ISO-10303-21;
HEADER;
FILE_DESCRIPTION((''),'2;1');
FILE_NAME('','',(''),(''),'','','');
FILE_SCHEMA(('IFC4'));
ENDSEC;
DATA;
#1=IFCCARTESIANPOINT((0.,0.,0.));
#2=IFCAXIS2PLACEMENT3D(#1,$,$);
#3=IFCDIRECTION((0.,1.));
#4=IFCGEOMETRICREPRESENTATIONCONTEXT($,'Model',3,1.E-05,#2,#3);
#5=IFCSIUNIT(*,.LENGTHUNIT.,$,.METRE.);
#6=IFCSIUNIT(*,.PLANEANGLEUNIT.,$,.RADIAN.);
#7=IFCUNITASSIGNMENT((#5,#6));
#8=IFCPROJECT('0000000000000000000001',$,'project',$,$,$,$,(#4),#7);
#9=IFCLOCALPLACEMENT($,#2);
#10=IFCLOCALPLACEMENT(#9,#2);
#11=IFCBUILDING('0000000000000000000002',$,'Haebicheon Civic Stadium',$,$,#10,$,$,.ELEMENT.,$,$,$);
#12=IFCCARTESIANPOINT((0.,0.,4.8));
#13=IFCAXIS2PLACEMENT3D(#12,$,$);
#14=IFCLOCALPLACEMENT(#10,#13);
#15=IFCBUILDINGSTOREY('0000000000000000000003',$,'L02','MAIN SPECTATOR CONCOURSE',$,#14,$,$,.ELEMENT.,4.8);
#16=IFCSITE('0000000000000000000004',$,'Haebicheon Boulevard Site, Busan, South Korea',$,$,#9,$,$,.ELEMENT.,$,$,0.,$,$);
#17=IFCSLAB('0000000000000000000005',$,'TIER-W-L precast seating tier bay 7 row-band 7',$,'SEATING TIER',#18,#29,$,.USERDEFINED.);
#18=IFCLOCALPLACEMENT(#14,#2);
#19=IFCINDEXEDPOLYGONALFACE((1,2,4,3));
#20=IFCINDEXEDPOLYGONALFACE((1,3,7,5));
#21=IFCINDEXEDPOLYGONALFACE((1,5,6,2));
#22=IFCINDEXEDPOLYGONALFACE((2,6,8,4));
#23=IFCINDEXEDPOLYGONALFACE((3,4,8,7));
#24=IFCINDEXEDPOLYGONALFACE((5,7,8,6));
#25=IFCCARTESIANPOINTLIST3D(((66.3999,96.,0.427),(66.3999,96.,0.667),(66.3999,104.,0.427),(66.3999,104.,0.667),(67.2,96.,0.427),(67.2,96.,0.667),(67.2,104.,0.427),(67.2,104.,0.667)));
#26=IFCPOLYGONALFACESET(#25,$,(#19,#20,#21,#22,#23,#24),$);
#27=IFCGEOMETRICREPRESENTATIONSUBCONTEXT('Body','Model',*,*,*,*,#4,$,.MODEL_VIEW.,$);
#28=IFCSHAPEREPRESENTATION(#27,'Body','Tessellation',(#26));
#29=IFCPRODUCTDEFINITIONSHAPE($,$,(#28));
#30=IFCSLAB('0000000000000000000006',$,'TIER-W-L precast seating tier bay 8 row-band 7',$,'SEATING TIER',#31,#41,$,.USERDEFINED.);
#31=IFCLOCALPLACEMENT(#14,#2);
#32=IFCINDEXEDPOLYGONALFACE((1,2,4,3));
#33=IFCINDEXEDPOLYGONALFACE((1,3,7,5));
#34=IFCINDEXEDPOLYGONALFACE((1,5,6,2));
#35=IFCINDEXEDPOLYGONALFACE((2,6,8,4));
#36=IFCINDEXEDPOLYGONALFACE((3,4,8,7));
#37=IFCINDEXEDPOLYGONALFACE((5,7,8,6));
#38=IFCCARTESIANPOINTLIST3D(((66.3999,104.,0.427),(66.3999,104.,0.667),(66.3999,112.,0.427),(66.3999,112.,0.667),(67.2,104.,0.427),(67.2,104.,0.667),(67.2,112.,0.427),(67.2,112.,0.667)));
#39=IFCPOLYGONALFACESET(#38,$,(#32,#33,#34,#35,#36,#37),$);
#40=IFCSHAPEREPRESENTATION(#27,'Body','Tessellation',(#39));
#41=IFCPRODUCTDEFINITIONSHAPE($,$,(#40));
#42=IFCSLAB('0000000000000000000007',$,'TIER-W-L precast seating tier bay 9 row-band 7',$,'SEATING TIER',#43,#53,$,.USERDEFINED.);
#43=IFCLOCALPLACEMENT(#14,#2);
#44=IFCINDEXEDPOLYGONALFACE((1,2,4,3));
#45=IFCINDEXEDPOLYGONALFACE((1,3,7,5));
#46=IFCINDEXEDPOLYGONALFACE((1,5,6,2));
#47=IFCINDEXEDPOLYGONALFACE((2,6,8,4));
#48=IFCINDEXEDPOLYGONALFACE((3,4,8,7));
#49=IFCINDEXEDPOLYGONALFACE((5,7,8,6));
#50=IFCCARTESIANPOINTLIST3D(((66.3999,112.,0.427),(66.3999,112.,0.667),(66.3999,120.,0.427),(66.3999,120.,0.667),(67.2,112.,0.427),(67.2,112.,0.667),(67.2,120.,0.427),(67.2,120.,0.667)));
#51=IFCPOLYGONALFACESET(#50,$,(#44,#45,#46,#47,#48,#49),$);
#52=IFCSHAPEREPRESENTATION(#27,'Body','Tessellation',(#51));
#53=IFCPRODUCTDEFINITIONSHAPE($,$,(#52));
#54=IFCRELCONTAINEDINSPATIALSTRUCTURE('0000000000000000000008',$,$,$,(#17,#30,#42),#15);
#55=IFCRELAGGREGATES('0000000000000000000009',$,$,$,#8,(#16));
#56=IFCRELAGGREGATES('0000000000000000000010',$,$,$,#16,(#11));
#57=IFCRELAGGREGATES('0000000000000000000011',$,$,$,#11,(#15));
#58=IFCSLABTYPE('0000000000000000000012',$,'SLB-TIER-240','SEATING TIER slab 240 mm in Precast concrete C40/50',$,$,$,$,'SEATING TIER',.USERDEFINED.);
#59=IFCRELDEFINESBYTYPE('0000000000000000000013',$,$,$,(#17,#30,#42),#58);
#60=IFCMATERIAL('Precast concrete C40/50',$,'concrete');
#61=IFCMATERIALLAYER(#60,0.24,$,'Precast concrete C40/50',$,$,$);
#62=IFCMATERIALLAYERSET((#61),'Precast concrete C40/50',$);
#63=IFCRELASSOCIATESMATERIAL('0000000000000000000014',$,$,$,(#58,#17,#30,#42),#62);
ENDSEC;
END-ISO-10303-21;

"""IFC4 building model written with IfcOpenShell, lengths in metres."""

from ifc_helpers import new_model, si_unit, direction, frame, origin, place, context, subcontext, project, spatial, polyline, outline, extrude, material, layer, layer_set, type_object, element, save


model = new_model("IFC4")

# Units and contexts
model_context = context("Model", 3, precision=1e-05, world=origin(), true_north=direction((0.0, 1.0)))
body_context = subcontext(model_context, "Body", "Model", "MODEL_VIEW")
ifc_project = project(units=[si_unit("LENGTHUNIT", "METRE"), si_unit("PLANEANGLEUNIT", "RADIAN")], contexts=[model_context])

# Site, building, storey
site_placement = place(None, origin())
site = spatial("IfcSite", under=ifc_project, at=site_placement, Name="Haebicheon Boulevard Site, Busan, South Korea", CompositionType="ELEMENT", RefElevation=0.0)
building_placement = place(site_placement, origin())
building = spatial("IfcBuilding", under=site, at=building_placement, Name="Haebicheon Civic Stadium", CompositionType="ELEMENT")
storey_placement = place(building_placement, frame((0.0, 0.0, 4.8)))
storey = spatial("IfcBuildingStorey", under=building, at=storey_placement, Name="L02", Description="MAIN SPECTATOR CONCOURSE", CompositionType="ELEMENT", Elevation=4.8)

# Slabs
ifc_material_1 = material(Name="Precast concrete C40/50", Category="concrete")
ifc_layer_1 = layer(ifc_material_1, 0.24, Name="Precast concrete C40/50")
ifc_layer_set_1 = layer_set([ifc_layer_1], Name="Precast concrete C40/50")
slab_type_1 = type_object("IfcSlabType", Name="SLB-TIER-240", Description="SEATING TIER slab 240 mm in Precast concrete C40/50", ElementType="SEATING TIER", PredefinedType="USERDEFINED", material=ifc_layer_set_1)
slab_1_placement = place(storey_placement, frame((0.0, 0.0, 0.427)))
element("IfcSlab", 1, at=slab_1_placement, inside=storey, type_object=slab_type_1, material=ifc_layer_set_1, Name="TIER-W-L precast seating tier bay 7 row-band 7", ObjectType="SEATING TIER", PredefinedType="USERDEFINED", context=body_context, shape_type="SweptSolid", body=[
    extrude(outline(polyline([(66.3999, 96.0), (67.2, 96.0), (67.2, 104.0), (66.3999, 104.0), (66.3999, 96.0)])), origin(), (0.0, 0.0, 1.0), 0.24),
])
slab_2_placement = place(storey_placement, frame((0.0, 0.0, 0.427)))
element("IfcSlab", 2, at=slab_2_placement, inside=storey, type_object=slab_type_1, material=ifc_layer_set_1, Name="TIER-W-L precast seating tier bay 8 row-band 7", ObjectType="SEATING TIER", PredefinedType="USERDEFINED", context=body_context, shape_type="SweptSolid", body=[
    extrude(outline(polyline([(66.3999, 104.0), (67.2, 104.0), (67.2, 112.0), (66.3999, 112.0), (66.3999, 104.0)])), origin(), (0.0, 0.0, 1.0), 0.24),
])
slab_3_placement = place(storey_placement, frame((0.0, 0.0, 0.427)))
element("IfcSlab", 3, at=slab_3_placement, inside=storey, type_object=slab_type_1, material=ifc_layer_set_1, Name="TIER-W-L precast seating tier bay 9 row-band 7", ObjectType="SEATING TIER", PredefinedType="USERDEFINED", context=body_context, shape_type="SweptSolid", body=[
    extrude(outline(polyline([(66.3999, 112.0), (67.2, 112.0), (67.2, 120.0), (66.3999, 120.0), (66.3999, 112.0)])), origin(), (0.0, 0.0, 1.0), 0.24),
])

save(model, "model.ifc")
